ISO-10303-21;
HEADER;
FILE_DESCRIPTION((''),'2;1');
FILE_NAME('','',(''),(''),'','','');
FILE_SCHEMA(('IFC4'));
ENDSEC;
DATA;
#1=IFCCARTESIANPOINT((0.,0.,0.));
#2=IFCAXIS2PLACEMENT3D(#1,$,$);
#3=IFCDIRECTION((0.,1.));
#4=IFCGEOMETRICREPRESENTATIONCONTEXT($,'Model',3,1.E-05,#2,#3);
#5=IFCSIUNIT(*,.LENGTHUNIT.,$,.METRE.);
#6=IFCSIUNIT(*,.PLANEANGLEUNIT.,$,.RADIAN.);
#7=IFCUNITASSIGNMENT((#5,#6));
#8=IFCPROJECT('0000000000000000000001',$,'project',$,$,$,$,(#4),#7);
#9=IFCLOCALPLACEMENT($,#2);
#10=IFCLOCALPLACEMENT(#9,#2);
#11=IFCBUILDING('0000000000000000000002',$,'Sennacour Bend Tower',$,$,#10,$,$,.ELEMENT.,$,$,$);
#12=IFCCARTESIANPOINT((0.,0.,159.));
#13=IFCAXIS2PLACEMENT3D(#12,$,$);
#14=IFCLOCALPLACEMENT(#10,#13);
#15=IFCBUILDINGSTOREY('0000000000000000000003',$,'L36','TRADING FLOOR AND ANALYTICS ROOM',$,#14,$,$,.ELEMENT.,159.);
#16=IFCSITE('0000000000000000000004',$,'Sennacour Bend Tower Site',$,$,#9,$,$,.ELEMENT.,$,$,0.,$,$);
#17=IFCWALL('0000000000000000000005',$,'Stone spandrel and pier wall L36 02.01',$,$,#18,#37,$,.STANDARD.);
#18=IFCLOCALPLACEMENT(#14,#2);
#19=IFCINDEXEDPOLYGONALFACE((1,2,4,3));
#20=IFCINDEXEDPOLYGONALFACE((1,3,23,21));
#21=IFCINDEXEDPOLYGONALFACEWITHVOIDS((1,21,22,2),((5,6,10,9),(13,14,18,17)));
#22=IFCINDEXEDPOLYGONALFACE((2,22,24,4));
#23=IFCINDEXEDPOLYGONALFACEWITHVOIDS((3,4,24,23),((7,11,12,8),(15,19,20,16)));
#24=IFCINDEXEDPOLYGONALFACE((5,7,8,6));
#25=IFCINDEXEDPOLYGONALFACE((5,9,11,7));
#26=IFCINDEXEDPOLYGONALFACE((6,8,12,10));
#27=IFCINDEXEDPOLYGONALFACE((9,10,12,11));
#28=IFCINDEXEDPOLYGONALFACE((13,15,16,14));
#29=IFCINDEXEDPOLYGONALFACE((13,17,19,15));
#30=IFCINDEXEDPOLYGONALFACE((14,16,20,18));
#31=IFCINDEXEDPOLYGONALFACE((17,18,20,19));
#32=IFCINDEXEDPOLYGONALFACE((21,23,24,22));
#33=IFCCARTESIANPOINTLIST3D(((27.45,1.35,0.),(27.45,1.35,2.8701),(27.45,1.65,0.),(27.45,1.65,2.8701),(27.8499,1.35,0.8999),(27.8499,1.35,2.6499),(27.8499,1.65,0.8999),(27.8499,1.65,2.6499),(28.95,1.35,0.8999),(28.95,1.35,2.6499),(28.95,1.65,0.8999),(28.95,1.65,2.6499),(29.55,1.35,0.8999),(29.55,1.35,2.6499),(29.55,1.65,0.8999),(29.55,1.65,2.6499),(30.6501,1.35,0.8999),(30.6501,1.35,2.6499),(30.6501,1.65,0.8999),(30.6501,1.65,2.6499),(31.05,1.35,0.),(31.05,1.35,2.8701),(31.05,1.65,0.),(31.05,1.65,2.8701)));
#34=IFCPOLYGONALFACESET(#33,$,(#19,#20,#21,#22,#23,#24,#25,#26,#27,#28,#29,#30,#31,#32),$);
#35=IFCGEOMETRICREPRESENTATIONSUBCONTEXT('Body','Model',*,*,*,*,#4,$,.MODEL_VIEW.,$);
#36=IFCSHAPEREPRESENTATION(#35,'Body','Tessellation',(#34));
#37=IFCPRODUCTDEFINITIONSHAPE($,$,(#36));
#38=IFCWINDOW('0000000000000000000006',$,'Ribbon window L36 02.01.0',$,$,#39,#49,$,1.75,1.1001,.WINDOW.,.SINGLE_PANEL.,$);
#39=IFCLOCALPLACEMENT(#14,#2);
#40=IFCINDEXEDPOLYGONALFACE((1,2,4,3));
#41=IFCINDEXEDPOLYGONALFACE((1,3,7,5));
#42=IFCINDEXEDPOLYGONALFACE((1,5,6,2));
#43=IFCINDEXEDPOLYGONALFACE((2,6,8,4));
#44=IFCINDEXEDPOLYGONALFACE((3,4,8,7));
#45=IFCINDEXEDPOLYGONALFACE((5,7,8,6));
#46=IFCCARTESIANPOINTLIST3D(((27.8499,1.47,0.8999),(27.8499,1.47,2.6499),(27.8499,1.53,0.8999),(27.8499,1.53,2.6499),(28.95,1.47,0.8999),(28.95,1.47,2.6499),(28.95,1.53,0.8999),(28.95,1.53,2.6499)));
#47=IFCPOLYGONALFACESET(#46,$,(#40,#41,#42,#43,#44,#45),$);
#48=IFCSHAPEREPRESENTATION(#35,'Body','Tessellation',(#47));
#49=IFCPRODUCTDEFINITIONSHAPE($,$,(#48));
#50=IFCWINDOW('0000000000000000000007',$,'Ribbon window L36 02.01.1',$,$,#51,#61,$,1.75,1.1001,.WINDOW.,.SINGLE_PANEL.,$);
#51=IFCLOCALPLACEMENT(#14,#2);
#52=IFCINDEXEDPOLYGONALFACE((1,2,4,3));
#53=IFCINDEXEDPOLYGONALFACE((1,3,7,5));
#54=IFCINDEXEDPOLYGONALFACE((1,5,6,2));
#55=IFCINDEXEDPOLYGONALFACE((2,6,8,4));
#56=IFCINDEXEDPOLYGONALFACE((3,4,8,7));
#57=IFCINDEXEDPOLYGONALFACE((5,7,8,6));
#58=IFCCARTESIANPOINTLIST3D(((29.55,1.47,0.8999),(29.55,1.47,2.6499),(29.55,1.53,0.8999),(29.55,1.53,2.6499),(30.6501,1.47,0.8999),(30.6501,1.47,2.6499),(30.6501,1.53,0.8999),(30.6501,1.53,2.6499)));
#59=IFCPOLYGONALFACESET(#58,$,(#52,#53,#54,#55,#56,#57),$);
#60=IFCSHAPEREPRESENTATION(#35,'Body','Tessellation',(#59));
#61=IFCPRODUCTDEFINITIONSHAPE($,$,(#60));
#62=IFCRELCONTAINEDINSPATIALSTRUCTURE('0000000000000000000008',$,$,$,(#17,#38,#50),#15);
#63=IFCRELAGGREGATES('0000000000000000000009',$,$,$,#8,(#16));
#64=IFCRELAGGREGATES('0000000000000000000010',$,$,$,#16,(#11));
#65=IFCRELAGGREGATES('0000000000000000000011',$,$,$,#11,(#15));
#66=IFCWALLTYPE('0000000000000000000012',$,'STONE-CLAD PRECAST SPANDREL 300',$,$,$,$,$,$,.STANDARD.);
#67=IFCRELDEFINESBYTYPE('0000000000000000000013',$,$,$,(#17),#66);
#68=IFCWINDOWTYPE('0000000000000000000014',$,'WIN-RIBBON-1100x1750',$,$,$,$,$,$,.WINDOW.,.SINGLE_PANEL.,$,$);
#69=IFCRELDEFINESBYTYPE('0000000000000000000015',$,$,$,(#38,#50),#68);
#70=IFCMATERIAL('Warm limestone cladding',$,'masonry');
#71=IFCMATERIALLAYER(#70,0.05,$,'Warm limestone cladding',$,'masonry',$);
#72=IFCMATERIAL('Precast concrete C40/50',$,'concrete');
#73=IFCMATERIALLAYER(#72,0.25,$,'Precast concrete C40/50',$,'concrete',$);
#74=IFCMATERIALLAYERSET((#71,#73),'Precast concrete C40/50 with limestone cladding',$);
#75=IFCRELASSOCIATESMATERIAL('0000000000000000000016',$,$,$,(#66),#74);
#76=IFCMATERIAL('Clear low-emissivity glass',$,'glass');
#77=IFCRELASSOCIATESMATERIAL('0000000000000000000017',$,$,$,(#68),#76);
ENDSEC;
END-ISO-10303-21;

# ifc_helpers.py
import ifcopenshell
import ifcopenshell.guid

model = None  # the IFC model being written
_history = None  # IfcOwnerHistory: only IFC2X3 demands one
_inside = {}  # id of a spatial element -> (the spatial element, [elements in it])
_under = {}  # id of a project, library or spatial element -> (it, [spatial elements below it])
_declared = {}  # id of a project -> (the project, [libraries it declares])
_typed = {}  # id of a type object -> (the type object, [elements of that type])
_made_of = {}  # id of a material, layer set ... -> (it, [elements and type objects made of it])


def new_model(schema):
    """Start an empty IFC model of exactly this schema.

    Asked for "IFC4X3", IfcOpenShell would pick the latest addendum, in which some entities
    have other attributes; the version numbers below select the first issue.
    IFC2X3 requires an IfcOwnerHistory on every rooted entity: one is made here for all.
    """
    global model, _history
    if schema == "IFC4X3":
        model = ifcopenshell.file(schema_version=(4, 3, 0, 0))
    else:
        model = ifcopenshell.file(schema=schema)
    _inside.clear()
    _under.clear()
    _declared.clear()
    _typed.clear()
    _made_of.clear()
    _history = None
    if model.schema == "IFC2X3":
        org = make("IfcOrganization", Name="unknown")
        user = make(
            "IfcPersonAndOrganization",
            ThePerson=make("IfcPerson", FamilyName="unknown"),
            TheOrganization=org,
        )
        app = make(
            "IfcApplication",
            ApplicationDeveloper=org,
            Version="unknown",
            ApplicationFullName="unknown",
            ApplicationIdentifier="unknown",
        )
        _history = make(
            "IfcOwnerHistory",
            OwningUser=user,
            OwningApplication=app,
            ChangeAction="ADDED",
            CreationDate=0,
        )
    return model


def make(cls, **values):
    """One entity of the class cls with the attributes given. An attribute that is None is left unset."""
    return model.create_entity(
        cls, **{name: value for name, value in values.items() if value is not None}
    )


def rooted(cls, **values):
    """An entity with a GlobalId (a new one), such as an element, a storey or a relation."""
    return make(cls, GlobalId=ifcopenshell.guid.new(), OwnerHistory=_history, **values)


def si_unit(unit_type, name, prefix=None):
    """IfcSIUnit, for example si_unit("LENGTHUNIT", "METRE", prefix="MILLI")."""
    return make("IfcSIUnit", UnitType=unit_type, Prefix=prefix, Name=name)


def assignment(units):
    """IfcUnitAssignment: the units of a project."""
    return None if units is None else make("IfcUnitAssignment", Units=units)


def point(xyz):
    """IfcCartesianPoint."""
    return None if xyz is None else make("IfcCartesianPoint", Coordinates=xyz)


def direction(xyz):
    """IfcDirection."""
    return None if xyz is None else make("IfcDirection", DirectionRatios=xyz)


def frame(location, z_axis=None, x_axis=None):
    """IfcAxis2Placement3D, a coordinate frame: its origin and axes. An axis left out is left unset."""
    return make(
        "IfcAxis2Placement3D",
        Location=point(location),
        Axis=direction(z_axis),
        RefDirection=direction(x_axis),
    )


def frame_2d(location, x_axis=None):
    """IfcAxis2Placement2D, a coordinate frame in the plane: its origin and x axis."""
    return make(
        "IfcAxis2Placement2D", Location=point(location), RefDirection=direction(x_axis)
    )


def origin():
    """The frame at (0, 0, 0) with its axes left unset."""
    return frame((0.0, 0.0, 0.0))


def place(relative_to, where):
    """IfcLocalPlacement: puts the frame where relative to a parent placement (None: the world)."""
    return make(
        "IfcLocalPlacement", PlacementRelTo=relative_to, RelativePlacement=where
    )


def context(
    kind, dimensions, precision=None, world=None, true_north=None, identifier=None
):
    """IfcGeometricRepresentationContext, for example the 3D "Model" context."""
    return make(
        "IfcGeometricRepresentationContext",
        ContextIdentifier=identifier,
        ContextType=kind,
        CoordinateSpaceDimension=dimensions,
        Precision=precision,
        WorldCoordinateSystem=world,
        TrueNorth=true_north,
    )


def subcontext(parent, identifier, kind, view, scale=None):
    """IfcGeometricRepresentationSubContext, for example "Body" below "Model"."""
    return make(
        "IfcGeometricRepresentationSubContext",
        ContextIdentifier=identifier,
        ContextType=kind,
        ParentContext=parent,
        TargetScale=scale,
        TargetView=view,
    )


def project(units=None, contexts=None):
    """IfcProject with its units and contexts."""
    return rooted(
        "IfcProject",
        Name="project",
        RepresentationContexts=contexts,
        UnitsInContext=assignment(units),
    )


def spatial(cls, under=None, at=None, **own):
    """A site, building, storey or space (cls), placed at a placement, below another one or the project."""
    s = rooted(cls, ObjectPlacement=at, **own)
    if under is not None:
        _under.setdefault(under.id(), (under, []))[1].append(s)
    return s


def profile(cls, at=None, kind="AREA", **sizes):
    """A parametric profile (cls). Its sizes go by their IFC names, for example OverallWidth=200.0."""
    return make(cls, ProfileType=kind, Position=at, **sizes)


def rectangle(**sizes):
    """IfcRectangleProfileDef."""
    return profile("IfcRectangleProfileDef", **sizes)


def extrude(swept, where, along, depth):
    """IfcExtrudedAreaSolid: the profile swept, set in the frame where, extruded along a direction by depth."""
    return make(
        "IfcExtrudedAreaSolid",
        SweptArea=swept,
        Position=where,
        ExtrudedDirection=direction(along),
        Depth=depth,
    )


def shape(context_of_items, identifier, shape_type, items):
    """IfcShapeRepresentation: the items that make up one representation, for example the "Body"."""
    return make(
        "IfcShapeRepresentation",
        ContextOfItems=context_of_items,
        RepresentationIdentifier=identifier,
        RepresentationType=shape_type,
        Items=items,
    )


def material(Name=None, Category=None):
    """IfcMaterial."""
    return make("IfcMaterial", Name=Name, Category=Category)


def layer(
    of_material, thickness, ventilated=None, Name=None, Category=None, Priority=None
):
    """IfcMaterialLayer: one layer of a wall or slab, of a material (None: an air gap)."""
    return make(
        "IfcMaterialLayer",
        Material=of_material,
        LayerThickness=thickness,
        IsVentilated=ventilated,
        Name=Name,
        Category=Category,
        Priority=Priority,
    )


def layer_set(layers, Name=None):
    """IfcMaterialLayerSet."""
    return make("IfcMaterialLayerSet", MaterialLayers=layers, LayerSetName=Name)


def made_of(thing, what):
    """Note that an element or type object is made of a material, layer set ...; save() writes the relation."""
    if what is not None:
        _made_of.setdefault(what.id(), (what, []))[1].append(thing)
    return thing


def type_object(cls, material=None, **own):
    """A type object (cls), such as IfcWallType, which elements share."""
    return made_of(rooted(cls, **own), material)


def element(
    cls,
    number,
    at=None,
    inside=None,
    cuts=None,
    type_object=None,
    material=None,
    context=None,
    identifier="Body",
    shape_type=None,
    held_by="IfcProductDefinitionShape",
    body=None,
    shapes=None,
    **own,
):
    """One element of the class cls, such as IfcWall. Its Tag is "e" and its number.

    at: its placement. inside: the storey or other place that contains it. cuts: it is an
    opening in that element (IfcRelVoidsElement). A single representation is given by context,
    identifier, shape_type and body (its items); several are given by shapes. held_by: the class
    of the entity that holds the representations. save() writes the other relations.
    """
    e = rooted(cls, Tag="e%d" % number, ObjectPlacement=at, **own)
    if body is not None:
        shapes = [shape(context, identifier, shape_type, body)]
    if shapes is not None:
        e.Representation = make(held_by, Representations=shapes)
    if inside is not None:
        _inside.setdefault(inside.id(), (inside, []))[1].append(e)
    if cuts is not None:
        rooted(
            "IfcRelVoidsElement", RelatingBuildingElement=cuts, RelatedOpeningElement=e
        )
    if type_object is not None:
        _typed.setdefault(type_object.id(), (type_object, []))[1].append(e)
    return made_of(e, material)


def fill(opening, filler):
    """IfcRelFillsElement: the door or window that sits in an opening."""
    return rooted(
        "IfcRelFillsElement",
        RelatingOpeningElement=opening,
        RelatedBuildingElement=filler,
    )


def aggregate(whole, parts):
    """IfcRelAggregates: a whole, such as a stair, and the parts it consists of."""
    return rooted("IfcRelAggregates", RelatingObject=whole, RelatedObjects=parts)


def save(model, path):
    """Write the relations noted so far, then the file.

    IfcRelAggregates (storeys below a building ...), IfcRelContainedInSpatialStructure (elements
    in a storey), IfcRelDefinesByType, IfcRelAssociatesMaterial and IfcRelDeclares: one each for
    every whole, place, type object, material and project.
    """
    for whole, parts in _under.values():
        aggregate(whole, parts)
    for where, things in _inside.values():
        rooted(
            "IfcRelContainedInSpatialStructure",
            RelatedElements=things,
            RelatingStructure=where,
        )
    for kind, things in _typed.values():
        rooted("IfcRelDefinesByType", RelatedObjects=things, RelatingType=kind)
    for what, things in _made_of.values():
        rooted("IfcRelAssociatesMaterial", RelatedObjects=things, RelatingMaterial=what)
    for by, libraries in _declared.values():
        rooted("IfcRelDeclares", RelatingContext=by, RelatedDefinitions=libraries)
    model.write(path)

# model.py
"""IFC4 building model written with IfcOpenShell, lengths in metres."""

from ifc_helpers import new_model, si_unit, direction, frame, frame_2d, origin, place, context, subcontext, project, spatial, rectangle, extrude, material, layer, layer_set, type_object, element, fill, save


model = new_model("IFC4")

# Units and contexts
model_context = context("Model", 3, precision=1e-05, world=origin(), true_north=direction((0.0, 1.0)))
body_context = subcontext(model_context, "Body", "Model", "MODEL_VIEW")
ifc_project = project(units=[si_unit("LENGTHUNIT", "METRE"), si_unit("PLANEANGLEUNIT", "RADIAN")], contexts=[model_context])

# Site, building, storey
site_placement = place(None, origin())
site = spatial("IfcSite", under=ifc_project, at=site_placement, Name="Sennacour Bend Tower Site", CompositionType="ELEMENT", RefElevation=0.0)
building_placement = place(site_placement, origin())
building = spatial("IfcBuilding", under=site, at=building_placement, Name="Sennacour Bend Tower", CompositionType="ELEMENT")
storey_placement = place(building_placement, frame((0.0, 0.0, 159.0)))
storey = spatial("IfcBuildingStorey", under=building, at=storey_placement, Name="L36", Description="TRADING FLOOR AND ANALYTICS ROOM", CompositionType="ELEMENT", Elevation=159.0)

# Wall, openings, windows
ifc_material_1 = material(Name="Warm limestone cladding", Category="masonry")
ifc_layer_1 = layer(ifc_material_1, 0.05, Name="Warm limestone cladding", Category="masonry")
ifc_material_2 = material(Name="Precast concrete C40/50", Category="concrete")
ifc_layer_2 = layer(ifc_material_2, 0.25, Name="Precast concrete C40/50", Category="concrete")
ifc_layer_set_1 = layer_set([ifc_layer_1, ifc_layer_2], Name="Precast concrete C40/50 with limestone cladding")
wall_type_1 = type_object("IfcWallType", Name="STONE-CLAD PRECAST SPANDREL 300", PredefinedType="STANDARD", material=ifc_layer_set_1)
wall_1_placement = place(storey_placement, frame((27.45, 1.5, 0.0), z_axis=(0.0, 0.0, 1.0), x_axis=(1.0, 0.0, 0.0)))
wall_1 = element("IfcWall", 1, at=wall_1_placement, inside=storey, type_object=wall_type_1, Name="Stone spandrel and pier wall L36 02.01", PredefinedType="STANDARD", context=body_context, shape_type="SweptSolid", body=[
    extrude(rectangle(XDim=3.6001, YDim=0.3, at=frame_2d((1.8, 0.0))), origin(), (0.0, 0.0, 1.0), 2.8701),
])
opening_1_placement = place(wall_1_placement, frame((0.3999, 0.0, 0.8999)))
opening_1 = element("IfcOpeningElement", 2, at=opening_1_placement, cuts=wall_1, PredefinedType="OPENING", context=body_context, shape_type="SweptSolid", body=[
    extrude(rectangle(XDim=1.1001, YDim=1.75, at=frame_2d((0.55, 0.875))), frame((0.0, 0.1602, 0.0), z_axis=(0.0, -1.0, 0.0), x_axis=(1.0, 0.0, 0.0)), (0.0, 0.0, 1.0), 0.3201),
])
opening_2_placement = place(wall_1_placement, frame((2.1001, 0.0, 0.8999)))
opening_2 = element("IfcOpeningElement", 3, at=opening_2_placement, cuts=wall_1, PredefinedType="OPENING", context=body_context, shape_type="SweptSolid", body=[
    extrude(rectangle(XDim=1.1001, YDim=1.75, at=frame_2d((0.55, 0.875))), frame((0.0, 0.1602, 0.0), z_axis=(0.0, -1.0, 0.0), x_axis=(1.0, 0.0, 0.0)), (0.0, 0.0, 1.0), 0.3201),
])
ifc_material_3 = material(Name="Clear low-emissivity glass", Category="glass")
window_type = type_object("IfcWindowType", Name="WIN-RIBBON-1100x1750", PartitioningType="SINGLE_PANEL", PredefinedType="WINDOW", material=ifc_material_3)
window_1_placement = place(opening_1_placement, origin())
window_1 = element("IfcWindow", 4, at=window_1_placement, inside=storey, type_object=window_type, Name="Ribbon window L36 02.01.0", OverallHeight=1.75, OverallWidth=1.1001, PartitioningType="SINGLE_PANEL", PredefinedType="WINDOW", context=body_context, shape_type="SweptSolid", body=[
    extrude(rectangle(XDim=1.1001, YDim=1.75, at=frame_2d((0.55, 0.875))), frame((0.0, 0.03, 0.0), z_axis=(0.0, -1.0, 0.0), x_axis=(1.0, 0.0, 0.0)), (0.0, 0.0, 1.0), 0.0601),
])
fill(opening_1, window_1)
window_2_placement = place(opening_2_placement, origin())
window_2 = element("IfcWindow", 5, at=window_2_placement, inside=storey, type_object=window_type, Name="Ribbon window L36 02.01.1", OverallHeight=1.75, OverallWidth=1.1001, PartitioningType="SINGLE_PANEL", PredefinedType="WINDOW", context=body_context, shape_type="SweptSolid", body=[
    extrude(rectangle(XDim=1.1001, YDim=1.75, at=frame_2d((0.55, 0.875))), frame((0.0, 0.03, 0.0), z_axis=(0.0, -1.0, 0.0), x_axis=(1.0, 0.0, 0.0)), (0.0, 0.0, 1.0), 0.0601),
])
fill(opening_2, window_2)

save(model, "model.ifc")
